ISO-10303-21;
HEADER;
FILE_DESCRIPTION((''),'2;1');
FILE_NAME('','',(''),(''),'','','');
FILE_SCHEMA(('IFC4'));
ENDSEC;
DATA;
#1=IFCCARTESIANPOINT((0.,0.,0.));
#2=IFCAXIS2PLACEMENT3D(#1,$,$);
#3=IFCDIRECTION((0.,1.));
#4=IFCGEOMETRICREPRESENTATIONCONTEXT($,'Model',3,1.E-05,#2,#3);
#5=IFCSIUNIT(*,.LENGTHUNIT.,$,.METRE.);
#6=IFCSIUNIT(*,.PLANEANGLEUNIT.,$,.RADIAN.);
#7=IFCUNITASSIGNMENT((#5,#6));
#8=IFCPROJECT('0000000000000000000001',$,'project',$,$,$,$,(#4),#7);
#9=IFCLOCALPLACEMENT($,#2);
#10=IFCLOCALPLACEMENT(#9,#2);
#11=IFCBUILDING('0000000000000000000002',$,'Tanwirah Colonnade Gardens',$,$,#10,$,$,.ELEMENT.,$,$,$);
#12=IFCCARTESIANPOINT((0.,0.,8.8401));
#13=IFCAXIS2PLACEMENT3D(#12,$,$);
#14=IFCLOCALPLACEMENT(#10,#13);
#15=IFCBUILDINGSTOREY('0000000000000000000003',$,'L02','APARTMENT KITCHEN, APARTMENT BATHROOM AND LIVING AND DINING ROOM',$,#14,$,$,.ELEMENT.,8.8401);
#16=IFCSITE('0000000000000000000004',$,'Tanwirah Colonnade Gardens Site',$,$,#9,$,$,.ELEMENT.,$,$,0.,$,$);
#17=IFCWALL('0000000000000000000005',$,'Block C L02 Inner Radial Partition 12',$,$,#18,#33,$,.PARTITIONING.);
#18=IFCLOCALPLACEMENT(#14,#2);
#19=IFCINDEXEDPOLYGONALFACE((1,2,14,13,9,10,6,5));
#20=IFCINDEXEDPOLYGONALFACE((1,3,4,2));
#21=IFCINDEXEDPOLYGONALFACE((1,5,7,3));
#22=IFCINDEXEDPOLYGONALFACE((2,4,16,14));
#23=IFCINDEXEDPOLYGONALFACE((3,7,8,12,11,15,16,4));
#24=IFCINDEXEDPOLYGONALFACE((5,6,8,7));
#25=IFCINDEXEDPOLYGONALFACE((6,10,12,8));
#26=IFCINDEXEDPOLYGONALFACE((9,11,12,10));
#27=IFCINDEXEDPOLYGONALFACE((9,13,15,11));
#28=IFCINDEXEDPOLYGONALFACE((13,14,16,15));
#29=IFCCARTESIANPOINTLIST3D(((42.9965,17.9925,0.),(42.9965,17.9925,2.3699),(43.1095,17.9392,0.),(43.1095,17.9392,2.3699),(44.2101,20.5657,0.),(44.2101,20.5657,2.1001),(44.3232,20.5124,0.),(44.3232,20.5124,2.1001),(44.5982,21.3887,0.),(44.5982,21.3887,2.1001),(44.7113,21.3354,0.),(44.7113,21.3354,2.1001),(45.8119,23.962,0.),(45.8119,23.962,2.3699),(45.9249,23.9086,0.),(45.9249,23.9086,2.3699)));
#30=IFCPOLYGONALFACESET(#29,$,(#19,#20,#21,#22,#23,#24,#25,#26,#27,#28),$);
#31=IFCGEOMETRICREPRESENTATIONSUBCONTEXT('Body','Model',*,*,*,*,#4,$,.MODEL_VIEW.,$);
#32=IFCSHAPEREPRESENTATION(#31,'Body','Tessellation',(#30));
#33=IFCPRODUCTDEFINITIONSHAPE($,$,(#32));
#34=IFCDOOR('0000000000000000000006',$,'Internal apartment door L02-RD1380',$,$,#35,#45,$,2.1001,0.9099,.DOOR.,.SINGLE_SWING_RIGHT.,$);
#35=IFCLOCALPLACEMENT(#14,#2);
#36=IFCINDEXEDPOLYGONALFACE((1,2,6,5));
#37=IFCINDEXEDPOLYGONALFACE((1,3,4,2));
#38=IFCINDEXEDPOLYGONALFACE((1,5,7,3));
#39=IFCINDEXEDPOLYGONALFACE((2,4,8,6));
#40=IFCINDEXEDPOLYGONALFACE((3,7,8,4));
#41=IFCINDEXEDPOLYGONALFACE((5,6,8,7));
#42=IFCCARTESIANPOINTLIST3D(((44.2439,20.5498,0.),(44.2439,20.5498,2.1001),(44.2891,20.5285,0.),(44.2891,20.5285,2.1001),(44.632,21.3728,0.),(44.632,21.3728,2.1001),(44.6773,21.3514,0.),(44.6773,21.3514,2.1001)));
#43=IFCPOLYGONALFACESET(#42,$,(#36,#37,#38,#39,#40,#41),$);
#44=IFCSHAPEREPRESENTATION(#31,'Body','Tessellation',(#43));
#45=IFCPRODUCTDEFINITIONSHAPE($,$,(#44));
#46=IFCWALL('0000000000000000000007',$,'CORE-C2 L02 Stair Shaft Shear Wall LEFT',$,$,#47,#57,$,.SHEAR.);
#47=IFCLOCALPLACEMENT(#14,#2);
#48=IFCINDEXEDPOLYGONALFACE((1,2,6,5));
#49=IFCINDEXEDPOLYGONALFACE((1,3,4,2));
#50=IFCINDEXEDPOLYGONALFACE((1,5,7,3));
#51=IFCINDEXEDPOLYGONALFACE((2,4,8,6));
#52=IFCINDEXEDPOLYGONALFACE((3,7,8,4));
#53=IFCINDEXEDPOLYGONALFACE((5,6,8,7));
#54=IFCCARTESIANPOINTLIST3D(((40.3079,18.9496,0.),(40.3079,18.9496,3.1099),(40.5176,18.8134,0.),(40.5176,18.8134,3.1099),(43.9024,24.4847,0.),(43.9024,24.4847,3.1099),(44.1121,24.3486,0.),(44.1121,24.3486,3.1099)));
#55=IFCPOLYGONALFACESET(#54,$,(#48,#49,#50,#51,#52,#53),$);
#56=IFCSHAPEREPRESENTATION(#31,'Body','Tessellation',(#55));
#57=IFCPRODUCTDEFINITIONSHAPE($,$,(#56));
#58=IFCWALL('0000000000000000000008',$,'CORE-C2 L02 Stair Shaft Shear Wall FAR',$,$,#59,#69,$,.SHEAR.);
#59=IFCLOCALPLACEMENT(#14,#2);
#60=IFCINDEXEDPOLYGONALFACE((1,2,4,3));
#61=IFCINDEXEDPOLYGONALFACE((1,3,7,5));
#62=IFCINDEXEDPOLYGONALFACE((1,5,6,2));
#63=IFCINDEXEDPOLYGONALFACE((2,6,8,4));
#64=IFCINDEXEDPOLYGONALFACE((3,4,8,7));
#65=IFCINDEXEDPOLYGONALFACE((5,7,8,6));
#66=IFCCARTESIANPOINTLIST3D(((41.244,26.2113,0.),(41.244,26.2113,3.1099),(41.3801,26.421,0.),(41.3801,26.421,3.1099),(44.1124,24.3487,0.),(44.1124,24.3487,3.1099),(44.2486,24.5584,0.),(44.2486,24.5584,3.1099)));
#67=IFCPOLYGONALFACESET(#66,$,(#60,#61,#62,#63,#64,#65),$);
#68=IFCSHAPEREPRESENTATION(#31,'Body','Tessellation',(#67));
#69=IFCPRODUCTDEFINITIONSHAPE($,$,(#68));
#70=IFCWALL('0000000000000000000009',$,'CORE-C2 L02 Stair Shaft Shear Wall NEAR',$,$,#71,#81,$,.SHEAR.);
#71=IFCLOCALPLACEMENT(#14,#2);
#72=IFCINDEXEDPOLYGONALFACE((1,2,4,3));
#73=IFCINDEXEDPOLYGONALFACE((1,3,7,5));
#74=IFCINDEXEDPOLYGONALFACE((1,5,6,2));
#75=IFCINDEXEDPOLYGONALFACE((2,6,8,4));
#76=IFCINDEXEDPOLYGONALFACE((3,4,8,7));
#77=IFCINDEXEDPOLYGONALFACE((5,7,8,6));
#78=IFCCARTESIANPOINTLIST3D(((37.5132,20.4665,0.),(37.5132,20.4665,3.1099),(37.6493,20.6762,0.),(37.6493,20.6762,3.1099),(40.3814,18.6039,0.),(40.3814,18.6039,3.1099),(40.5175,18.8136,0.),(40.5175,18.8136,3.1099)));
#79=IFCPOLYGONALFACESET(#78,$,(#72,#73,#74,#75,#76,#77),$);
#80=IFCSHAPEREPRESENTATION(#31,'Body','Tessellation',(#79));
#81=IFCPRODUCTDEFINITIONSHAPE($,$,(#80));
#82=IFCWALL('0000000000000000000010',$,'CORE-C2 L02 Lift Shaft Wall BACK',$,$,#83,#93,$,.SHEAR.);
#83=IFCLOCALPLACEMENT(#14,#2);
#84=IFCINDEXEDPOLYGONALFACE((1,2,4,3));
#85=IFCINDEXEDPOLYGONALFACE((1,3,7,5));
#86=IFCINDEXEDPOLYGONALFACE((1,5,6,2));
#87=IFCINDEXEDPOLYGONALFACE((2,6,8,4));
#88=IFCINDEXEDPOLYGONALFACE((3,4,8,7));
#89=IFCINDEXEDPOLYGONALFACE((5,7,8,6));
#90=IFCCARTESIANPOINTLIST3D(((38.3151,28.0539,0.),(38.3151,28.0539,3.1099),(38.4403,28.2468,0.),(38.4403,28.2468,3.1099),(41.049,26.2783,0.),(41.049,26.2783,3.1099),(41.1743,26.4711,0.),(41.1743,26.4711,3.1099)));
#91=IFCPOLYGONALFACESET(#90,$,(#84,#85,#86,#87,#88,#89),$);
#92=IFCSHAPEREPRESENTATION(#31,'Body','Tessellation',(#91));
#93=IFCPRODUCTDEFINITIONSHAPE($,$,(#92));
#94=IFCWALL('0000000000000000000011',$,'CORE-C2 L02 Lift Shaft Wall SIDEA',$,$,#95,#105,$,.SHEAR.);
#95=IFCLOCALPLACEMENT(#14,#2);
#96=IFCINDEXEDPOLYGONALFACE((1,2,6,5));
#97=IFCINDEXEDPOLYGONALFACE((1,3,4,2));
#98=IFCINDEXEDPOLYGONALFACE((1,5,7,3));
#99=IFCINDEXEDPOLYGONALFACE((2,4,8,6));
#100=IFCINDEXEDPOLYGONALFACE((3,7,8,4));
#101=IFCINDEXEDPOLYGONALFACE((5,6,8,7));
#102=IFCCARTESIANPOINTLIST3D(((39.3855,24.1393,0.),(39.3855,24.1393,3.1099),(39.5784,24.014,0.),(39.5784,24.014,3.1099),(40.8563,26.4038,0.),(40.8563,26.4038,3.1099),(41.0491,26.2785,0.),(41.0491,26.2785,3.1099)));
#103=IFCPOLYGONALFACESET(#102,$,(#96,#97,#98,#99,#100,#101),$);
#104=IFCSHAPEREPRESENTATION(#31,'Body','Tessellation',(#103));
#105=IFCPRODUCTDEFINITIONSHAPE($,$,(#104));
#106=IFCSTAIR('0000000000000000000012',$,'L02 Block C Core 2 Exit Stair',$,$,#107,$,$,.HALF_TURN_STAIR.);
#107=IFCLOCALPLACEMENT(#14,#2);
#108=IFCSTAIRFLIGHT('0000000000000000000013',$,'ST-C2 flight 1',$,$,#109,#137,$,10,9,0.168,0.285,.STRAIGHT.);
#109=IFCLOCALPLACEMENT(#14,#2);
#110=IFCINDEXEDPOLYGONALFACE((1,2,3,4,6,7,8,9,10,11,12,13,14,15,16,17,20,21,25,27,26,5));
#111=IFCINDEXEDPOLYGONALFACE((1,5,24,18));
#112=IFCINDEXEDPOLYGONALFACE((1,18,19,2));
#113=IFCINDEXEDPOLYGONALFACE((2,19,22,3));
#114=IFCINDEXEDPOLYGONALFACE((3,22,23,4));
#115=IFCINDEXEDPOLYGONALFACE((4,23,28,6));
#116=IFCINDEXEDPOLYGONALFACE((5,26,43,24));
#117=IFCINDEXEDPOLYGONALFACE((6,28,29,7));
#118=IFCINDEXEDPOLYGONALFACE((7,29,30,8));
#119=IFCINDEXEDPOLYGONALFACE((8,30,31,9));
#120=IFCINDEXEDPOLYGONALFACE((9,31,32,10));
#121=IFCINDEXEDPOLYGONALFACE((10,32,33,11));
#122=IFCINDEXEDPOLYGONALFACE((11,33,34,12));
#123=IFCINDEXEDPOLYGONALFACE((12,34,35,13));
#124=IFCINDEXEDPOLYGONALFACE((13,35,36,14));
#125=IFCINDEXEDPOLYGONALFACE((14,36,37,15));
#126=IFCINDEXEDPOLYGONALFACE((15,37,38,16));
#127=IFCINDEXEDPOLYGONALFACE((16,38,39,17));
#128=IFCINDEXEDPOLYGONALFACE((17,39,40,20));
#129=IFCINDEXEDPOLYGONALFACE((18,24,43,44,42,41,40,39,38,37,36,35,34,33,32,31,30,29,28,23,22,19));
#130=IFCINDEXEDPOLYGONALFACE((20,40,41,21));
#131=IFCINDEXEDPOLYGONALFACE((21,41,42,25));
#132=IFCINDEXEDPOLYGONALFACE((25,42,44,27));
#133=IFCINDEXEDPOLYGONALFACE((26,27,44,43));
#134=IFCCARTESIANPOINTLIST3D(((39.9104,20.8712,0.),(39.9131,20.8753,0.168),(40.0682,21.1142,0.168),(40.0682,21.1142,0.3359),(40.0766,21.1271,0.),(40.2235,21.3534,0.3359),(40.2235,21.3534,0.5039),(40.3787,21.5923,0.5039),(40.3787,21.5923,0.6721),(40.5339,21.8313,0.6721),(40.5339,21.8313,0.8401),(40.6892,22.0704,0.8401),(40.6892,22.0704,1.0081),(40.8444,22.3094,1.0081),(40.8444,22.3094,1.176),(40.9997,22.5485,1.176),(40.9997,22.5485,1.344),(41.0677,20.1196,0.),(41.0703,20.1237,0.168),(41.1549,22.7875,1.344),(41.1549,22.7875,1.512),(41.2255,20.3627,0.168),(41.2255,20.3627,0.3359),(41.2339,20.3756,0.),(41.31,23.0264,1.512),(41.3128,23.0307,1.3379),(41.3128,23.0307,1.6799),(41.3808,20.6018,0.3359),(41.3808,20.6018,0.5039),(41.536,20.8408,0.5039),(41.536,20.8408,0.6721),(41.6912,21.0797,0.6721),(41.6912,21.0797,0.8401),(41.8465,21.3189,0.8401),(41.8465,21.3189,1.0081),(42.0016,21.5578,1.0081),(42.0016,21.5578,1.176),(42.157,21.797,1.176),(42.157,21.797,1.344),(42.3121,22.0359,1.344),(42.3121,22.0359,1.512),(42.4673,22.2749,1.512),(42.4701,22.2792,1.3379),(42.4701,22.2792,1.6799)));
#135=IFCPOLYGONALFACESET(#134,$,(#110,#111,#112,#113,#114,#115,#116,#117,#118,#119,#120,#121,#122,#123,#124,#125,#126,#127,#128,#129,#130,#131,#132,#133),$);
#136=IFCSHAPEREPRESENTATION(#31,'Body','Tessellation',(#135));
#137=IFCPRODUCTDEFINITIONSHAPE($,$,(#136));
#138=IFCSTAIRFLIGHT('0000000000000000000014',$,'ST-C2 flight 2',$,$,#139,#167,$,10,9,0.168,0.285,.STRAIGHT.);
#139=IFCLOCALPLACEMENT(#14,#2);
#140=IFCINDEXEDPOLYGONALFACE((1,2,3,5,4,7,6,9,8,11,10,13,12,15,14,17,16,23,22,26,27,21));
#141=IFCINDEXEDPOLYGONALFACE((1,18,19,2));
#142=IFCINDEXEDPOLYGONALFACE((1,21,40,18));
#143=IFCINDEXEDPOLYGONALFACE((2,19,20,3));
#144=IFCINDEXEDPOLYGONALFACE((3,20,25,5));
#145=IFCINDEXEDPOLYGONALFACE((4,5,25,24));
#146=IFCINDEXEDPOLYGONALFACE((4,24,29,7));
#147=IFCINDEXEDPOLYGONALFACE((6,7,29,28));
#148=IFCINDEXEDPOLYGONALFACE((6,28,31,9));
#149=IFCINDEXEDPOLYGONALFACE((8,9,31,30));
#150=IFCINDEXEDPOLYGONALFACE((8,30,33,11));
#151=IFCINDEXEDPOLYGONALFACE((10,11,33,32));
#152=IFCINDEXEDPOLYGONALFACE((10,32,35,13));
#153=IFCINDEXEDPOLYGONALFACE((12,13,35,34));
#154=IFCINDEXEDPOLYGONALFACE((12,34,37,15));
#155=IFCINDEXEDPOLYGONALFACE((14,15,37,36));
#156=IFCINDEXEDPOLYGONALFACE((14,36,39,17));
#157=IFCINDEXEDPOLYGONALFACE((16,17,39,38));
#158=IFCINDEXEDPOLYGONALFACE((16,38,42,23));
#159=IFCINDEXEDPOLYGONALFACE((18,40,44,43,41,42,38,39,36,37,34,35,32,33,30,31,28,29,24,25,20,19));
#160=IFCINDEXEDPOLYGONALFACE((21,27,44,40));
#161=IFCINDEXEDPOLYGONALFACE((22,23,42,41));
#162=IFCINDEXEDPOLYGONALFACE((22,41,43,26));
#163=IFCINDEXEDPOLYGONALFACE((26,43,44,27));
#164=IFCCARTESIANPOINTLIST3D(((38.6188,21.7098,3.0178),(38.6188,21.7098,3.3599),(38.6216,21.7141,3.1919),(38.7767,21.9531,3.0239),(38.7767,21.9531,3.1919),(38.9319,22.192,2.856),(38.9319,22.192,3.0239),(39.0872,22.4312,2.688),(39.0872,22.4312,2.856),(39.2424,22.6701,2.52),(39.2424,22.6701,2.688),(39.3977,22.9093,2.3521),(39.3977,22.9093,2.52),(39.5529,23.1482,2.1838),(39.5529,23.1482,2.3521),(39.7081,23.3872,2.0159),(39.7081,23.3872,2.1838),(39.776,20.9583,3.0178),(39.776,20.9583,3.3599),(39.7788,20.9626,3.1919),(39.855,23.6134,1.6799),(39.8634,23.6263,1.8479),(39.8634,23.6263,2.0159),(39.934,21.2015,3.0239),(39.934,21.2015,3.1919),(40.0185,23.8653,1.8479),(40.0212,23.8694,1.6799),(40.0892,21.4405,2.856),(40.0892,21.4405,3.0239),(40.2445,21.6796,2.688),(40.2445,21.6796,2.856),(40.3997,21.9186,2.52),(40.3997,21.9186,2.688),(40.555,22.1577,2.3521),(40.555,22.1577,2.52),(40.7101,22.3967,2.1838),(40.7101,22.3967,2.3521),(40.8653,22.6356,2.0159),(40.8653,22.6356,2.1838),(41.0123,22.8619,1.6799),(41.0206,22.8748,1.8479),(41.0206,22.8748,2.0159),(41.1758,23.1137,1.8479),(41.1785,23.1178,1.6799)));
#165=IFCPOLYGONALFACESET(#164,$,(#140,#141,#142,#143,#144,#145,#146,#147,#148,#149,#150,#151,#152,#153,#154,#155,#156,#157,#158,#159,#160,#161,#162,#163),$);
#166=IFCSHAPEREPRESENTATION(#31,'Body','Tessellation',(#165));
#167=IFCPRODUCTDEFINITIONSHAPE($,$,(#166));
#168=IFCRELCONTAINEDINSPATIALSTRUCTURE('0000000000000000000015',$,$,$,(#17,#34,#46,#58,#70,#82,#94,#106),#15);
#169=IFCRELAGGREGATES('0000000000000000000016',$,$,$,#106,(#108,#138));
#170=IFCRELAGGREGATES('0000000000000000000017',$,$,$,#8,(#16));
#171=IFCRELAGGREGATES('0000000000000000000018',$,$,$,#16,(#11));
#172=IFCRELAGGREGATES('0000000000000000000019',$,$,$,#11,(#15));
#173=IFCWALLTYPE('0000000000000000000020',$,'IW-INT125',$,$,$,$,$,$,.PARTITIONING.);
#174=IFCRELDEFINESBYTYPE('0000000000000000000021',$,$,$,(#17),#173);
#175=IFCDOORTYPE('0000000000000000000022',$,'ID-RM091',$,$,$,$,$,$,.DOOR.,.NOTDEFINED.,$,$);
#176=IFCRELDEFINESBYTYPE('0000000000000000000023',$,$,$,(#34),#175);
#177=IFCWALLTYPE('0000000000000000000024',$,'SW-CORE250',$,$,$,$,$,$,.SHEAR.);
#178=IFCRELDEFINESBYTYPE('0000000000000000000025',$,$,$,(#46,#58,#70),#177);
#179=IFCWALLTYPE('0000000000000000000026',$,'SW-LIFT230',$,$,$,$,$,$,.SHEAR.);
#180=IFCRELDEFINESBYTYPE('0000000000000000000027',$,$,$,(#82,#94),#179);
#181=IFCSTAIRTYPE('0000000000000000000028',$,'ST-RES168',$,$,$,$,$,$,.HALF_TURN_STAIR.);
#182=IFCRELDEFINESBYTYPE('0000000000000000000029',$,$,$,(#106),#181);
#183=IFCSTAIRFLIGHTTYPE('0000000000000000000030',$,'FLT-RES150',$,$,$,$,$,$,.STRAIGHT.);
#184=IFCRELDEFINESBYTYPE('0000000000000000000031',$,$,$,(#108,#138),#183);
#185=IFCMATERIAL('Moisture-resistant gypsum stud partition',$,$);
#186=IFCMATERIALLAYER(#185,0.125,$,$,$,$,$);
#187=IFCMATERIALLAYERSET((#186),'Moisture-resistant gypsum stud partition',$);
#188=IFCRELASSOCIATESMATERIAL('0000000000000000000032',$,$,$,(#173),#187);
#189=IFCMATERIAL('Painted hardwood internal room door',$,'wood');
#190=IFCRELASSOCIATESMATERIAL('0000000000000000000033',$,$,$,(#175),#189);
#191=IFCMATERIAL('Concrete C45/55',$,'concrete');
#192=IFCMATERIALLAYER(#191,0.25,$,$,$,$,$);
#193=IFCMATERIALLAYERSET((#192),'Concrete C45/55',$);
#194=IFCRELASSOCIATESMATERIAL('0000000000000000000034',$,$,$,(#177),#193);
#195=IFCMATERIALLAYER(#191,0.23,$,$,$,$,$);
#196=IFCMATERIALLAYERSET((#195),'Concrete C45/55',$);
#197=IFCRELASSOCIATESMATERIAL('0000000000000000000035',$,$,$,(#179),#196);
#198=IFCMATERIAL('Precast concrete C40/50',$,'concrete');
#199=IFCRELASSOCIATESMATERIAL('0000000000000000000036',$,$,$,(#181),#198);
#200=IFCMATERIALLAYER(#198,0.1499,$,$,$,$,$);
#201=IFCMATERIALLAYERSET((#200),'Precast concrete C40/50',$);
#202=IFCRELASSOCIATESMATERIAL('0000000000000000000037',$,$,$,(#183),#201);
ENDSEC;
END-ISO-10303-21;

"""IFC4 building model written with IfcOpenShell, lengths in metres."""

from ifc_helpers import new_model, si_unit, direction, frame, frame_2d, origin, place, context, subcontext, project, spatial, polyline, rectangle, outline, extrude, material, layer, layer_set, type_object, element, fill, aggregate, save


model = new_model("IFC4")

# Units and contexts
model_context = context("Model", 3, precision=1e-05, world=origin(), true_north=direction((0.0, 1.0)))
body_context = subcontext(model_context, "Body", "Model", "MODEL_VIEW")
ifc_project = project(units=[si_unit("LENGTHUNIT", "METRE"), si_unit("PLANEANGLEUNIT", "RADIAN")], contexts=[model_context])

# Site, building, storey
site_placement = place(None, origin())
site = spatial("IfcSite", under=ifc_project, at=site_placement, Name="Tanwirah Colonnade Gardens Site", CompositionType="ELEMENT", RefElevation=0.0)
building_placement = place(site_placement, origin())
building = spatial("IfcBuilding", under=site, at=building_placement, Name="Tanwirah Colonnade Gardens", CompositionType="ELEMENT")
storey_placement = place(building_placement, frame((0.0, 0.0, 8.8401)))
storey = spatial("IfcBuildingStorey", under=building, at=storey_placement, Name="L02", Description="APARTMENT KITCHEN, APARTMENT BATHROOM AND LIVING AND DINING ROOM", CompositionType="ELEMENT", Elevation=8.8401)

# Shared definitions
ifc_material_1 = material(Name="Precast concrete C40/50", Category="concrete")

# Wall, opening, door
ifc_material_2 = material(Name="Moisture-resistant gypsum stud partition")
ifc_layer_1 = layer(ifc_material_2, 0.125)
ifc_layer_set_1 = layer_set([ifc_layer_1], Name="Moisture-resistant gypsum stud partition")
wall_type_1 = type_object("IfcWallType", Name="IW-INT125", PredefinedType="PARTITIONING", material=ifc_layer_set_1)
wall_1_placement = place(storey_placement, frame((45.8684, 23.9353, 0.0), z_axis=(0.0, 0.0, 1.0), x_axis=(-0.426574, -0.904453, 0.0)))
wall_1 = element("IfcWall", 1, at=wall_1_placement, inside=storey, type_object=wall_type_1, Name="Block C L02 Inner Radial Partition 12", PredefinedType="PARTITIONING", context=body_context, shape_type="SweptSolid", body=[
    extrude(rectangle(XDim=6.6001, YDim=0.125, at=frame_2d((3.3, 0.0))), origin(), (0.0, 0.0, 1.0), 2.3699),
])
opening_1_placement = place(wall_1_placement, frame((2.845, 0.0, 0.0)))
opening_1 = element("IfcOpeningElement", 2, at=opening_1_placement, cuts=wall_1, PredefinedType="OPENING", context=body_context, shape_type="SweptSolid", body=[
    extrude(rectangle(XDim=0.9099, YDim=2.1001, at=frame_2d((0.4551, 1.05))), frame((0.0, 0.0725, 0.0), z_axis=(0.0, -1.0, 0.0), x_axis=(1.0, 0.0, 0.0)), (0.0, 0.0, 1.0), 0.145),
])
ifc_material_3 = material(Name="Painted hardwood internal room door", Category="wood")
door_type_1 = type_object("IfcDoorType", Name="ID-RM091", OperationType="NOTDEFINED", PredefinedType="DOOR", material=ifc_material_3)
door_1_placement = place(opening_1_placement, origin())
door_1 = element("IfcDoor", 3, at=door_1_placement, inside=storey, type_object=door_type_1, Name="Internal apartment door L02-RD1380", OperationType="SINGLE_SWING_RIGHT", OverallHeight=2.1001, OverallWidth=0.9099, PredefinedType="DOOR", context=body_context, shape_type="SweptSolid", body=[
    extrude(rectangle(XDim=0.9099, YDim=2.1001, at=frame_2d((0.4551, 1.05))), frame((0.0, 0.0249, 0.0), z_axis=(0.0, -1.0, 0.0), x_axis=(1.0, 0.0, 0.0)), (0.0, 0.0, 1.0), 0.05),
])
fill(opening_1, door_1)

# Walls
ifc_material_4 = material(Name="Concrete C45/55", Category="concrete")
ifc_layer_2 = layer(ifc_material_4, 0.25)
ifc_layer_set_2 = layer_set([ifc_layer_2], Name="Concrete C45/55")
wall_type_2 = type_object("IfcWallType", Name="SW-CORE250", PredefinedType="SHEAR", material=ifc_layer_set_2)
wall_2_placement = place(storey_placement, frame((40.4128, 18.8816, 0.0), z_axis=(0.0, 0.0, 1.0), x_axis=(0.544629, 0.838677, 0.0)))
element("IfcWall", 4, at=wall_2_placement, inside=storey, type_object=wall_type_2, Name="CORE-C2 L02 Stair Shaft Shear Wall LEFT", PredefinedType="SHEAR", context=body_context, shape_type="SweptSolid", body=[
    extrude(rectangle(XDim=6.5999, YDim=0.25, at=frame_2d((3.2998, 0.0))), origin(), (0.0, 0.0, 1.0), 3.1099),
])
wall_3_placement = place(storey_placement, frame((44.1804, 24.4536, 0.0), z_axis=(0.0, 0.0, 1.0), x_axis=(-0.8387, 0.544594, 0.0)))
element("IfcWall", 5, at=wall_3_placement, inside=storey, type_object=wall_type_2, Name="CORE-C2 L02 Stair Shaft Shear Wall FAR", PredefinedType="SHEAR", context=body_context, shape_type="SweptSolid", body=[
    extrude(rectangle(XDim=3.4202, YDim=0.25, at=frame_2d((1.71, 0.0))), origin(), (0.0, 0.0, 1.0), 3.1099),
])
wall_4_placement = place(storey_placement, frame((40.4495, 18.7087, 0.0), z_axis=(0.0, 0.0, 1.0), x_axis=(-0.838678, 0.544627, 0.0)))
element("IfcWall", 6, at=wall_4_placement, inside=storey, type_object=wall_type_2, Name="CORE-C2 L02 Stair Shaft Shear Wall NEAR", PredefinedType="SHEAR", context=body_context, shape_type="SweptSolid", body=[
    extrude(rectangle(XDim=3.4199, YDim=0.25, at=frame_2d((1.71, 0.0))), origin(), (0.0, 0.0, 1.0), 3.1099),
])

# Shared definitions
ifc_layer_3 = layer(ifc_material_4, 0.23)
ifc_layer_set_3 = layer_set([ifc_layer_3], Name="Concrete C45/55")
wall_type_3 = type_object("IfcWallType", Name="SW-LIFT230", PredefinedType="SHEAR", material=ifc_layer_set_3)

# Walls
wall_5_placement = place(storey_placement, frame((41.1116, 26.3748, 0.0), z_axis=(0.0, 0.0, 1.0), x_axis=(-0.838639, 0.544688, 0.0)))
element("IfcWall", 7, at=wall_5_placement, inside=storey, type_object=wall_type_3, Name="CORE-C2 L02 Lift Shaft Wall BACK", PredefinedType="SHEAR", context=body_context, shape_type="SweptSolid", body=[
    extrude(rectangle(XDim=3.26, YDim=0.23, at=frame_2d((1.6299, 0.0))), origin(), (0.0, 0.0, 1.0), 3.1099),
])
wall_6_placement = place(storey_placement, frame((39.4819, 24.0767, 0.0), z_axis=(0.0, 0.0, 1.0), x_axis=(0.544686, 0.83864, 0.0)))
element("IfcWall", 8, at=wall_6_placement, inside=storey, type_object=wall_type_3, Name="CORE-C2 L02 Lift Shaft Wall SIDEA", PredefinedType="SHEAR", context=body_context, shape_type="SweptSolid", body=[
    extrude(rectangle(XDim=2.7002, YDim=0.23, at=frame_2d((1.3501, 0.0))), origin(), (0.0, 0.0, 1.0), 3.1099),
])

# Stair, stair flights
stair_type = type_object("IfcStairType", Name="ST-RES168", PredefinedType="HALF_TURN_STAIR", material=ifc_material_1)
stair_placement = place(storey_placement, origin())
stair = element("IfcStair", 9, at=stair_placement, inside=storey, type_object=stair_type, Name="L02 Block C Core 2 Exit Stair", PredefinedType="HALF_TURN_STAIR")
ifc_layer_4 = layer(ifc_material_1, 0.1499)
ifc_layer_set_4 = layer_set([ifc_layer_4], Name="Precast concrete C40/50")
stair_flight_type = type_object("IfcStairFlightType", Name="FLT-RES150", PredefinedType="STRAIGHT", material=ifc_layer_set_4)
stair_flight_1_placement = place(storey_placement, frame((40.4917, 20.4995, 0.0), z_axis=(0.0, 0.0, 1.0), x_axis=(0.544639, 0.838671, 0.0)))
stair_flight_1 = element("IfcStairFlight", 10, at=stair_flight_1_placement, type_object=stair_flight_type, Name="ST-C2 flight 1", NumberOfRisers=10, NumberOfTreads=9, PredefinedType="STRAIGHT", RiserHeight=0.168, TreadLength=0.285, context=body_context, shape_type="SweptSolid", body=[
    extrude(outline(polyline([(-0.0049, 0.0), (0.0, 0.168), (0.2849, 0.168), (0.2849, 0.3359), (0.5701, 0.3359), (0.5701, 0.5039), (0.855, 0.5039), (0.855, 0.6721), (1.1399, 0.6721), (1.1399, 0.8401), (1.425, 0.8401), (1.425, 1.0081), (1.71, 1.0081), (1.71, 1.176), (1.9951, 1.176), (1.9951, 1.344), (2.28, 1.344), (2.28, 1.512), (2.5649, 1.512), (2.5701, 1.6799), (2.5701, 1.3379), (0.3003, 0.0), (-0.0049, 0.0)])), frame((0.0, 0.6899, 0.0), z_axis=(0.0, -1.0, 0.0), x_axis=(1.0, 0.0, 0.0)), (0.0, 0.0, 1.0), 1.3799),
])
stair_flight_2_placement = place(storey_placement, frame((40.5972, 23.4895, 1.6799), z_axis=(0.0, 0.0, 1.0), x_axis=(-0.544639, -0.838671, 0.0)))
stair_flight_2 = element("IfcStairFlight", 11, at=stair_flight_2_placement, type_object=stair_flight_type, Name="ST-C2 flight 2", NumberOfRisers=10, NumberOfTreads=9, PredefinedType="STRAIGHT", RiserHeight=0.168, TreadLength=0.285, context=body_context, shape_type="SweptSolid", body=[
    extrude(outline(polyline([(-0.0049, 0.0), (0.0, 0.168), (0.2849, 0.168), (0.2849, 0.3359), (0.5701, 0.3359), (0.5701, 0.5039), (0.855, 0.5039), (0.855, 0.6721), (1.1399, 0.6721), (1.1399, 0.8401), (1.425, 0.8401), (1.425, 1.0081), (1.71, 1.0081), (1.71, 1.176), (1.9951, 1.176), (1.9951, 1.344), (2.28, 1.344), (2.28, 1.512), (2.5649, 1.512), (2.5701, 1.6799), (2.5701, 1.3379), (0.3003, 0.0), (-0.0049, 0.0)])), frame((0.0, 0.6899, 0.0), z_axis=(0.0, -1.0, 0.0), x_axis=(1.0, 0.0, 0.0)), (0.0, 0.0, 1.0), 1.3799),
])
aggregate(stair, [stair_flight_1, stair_flight_2])

save(model, "model.ifc")
